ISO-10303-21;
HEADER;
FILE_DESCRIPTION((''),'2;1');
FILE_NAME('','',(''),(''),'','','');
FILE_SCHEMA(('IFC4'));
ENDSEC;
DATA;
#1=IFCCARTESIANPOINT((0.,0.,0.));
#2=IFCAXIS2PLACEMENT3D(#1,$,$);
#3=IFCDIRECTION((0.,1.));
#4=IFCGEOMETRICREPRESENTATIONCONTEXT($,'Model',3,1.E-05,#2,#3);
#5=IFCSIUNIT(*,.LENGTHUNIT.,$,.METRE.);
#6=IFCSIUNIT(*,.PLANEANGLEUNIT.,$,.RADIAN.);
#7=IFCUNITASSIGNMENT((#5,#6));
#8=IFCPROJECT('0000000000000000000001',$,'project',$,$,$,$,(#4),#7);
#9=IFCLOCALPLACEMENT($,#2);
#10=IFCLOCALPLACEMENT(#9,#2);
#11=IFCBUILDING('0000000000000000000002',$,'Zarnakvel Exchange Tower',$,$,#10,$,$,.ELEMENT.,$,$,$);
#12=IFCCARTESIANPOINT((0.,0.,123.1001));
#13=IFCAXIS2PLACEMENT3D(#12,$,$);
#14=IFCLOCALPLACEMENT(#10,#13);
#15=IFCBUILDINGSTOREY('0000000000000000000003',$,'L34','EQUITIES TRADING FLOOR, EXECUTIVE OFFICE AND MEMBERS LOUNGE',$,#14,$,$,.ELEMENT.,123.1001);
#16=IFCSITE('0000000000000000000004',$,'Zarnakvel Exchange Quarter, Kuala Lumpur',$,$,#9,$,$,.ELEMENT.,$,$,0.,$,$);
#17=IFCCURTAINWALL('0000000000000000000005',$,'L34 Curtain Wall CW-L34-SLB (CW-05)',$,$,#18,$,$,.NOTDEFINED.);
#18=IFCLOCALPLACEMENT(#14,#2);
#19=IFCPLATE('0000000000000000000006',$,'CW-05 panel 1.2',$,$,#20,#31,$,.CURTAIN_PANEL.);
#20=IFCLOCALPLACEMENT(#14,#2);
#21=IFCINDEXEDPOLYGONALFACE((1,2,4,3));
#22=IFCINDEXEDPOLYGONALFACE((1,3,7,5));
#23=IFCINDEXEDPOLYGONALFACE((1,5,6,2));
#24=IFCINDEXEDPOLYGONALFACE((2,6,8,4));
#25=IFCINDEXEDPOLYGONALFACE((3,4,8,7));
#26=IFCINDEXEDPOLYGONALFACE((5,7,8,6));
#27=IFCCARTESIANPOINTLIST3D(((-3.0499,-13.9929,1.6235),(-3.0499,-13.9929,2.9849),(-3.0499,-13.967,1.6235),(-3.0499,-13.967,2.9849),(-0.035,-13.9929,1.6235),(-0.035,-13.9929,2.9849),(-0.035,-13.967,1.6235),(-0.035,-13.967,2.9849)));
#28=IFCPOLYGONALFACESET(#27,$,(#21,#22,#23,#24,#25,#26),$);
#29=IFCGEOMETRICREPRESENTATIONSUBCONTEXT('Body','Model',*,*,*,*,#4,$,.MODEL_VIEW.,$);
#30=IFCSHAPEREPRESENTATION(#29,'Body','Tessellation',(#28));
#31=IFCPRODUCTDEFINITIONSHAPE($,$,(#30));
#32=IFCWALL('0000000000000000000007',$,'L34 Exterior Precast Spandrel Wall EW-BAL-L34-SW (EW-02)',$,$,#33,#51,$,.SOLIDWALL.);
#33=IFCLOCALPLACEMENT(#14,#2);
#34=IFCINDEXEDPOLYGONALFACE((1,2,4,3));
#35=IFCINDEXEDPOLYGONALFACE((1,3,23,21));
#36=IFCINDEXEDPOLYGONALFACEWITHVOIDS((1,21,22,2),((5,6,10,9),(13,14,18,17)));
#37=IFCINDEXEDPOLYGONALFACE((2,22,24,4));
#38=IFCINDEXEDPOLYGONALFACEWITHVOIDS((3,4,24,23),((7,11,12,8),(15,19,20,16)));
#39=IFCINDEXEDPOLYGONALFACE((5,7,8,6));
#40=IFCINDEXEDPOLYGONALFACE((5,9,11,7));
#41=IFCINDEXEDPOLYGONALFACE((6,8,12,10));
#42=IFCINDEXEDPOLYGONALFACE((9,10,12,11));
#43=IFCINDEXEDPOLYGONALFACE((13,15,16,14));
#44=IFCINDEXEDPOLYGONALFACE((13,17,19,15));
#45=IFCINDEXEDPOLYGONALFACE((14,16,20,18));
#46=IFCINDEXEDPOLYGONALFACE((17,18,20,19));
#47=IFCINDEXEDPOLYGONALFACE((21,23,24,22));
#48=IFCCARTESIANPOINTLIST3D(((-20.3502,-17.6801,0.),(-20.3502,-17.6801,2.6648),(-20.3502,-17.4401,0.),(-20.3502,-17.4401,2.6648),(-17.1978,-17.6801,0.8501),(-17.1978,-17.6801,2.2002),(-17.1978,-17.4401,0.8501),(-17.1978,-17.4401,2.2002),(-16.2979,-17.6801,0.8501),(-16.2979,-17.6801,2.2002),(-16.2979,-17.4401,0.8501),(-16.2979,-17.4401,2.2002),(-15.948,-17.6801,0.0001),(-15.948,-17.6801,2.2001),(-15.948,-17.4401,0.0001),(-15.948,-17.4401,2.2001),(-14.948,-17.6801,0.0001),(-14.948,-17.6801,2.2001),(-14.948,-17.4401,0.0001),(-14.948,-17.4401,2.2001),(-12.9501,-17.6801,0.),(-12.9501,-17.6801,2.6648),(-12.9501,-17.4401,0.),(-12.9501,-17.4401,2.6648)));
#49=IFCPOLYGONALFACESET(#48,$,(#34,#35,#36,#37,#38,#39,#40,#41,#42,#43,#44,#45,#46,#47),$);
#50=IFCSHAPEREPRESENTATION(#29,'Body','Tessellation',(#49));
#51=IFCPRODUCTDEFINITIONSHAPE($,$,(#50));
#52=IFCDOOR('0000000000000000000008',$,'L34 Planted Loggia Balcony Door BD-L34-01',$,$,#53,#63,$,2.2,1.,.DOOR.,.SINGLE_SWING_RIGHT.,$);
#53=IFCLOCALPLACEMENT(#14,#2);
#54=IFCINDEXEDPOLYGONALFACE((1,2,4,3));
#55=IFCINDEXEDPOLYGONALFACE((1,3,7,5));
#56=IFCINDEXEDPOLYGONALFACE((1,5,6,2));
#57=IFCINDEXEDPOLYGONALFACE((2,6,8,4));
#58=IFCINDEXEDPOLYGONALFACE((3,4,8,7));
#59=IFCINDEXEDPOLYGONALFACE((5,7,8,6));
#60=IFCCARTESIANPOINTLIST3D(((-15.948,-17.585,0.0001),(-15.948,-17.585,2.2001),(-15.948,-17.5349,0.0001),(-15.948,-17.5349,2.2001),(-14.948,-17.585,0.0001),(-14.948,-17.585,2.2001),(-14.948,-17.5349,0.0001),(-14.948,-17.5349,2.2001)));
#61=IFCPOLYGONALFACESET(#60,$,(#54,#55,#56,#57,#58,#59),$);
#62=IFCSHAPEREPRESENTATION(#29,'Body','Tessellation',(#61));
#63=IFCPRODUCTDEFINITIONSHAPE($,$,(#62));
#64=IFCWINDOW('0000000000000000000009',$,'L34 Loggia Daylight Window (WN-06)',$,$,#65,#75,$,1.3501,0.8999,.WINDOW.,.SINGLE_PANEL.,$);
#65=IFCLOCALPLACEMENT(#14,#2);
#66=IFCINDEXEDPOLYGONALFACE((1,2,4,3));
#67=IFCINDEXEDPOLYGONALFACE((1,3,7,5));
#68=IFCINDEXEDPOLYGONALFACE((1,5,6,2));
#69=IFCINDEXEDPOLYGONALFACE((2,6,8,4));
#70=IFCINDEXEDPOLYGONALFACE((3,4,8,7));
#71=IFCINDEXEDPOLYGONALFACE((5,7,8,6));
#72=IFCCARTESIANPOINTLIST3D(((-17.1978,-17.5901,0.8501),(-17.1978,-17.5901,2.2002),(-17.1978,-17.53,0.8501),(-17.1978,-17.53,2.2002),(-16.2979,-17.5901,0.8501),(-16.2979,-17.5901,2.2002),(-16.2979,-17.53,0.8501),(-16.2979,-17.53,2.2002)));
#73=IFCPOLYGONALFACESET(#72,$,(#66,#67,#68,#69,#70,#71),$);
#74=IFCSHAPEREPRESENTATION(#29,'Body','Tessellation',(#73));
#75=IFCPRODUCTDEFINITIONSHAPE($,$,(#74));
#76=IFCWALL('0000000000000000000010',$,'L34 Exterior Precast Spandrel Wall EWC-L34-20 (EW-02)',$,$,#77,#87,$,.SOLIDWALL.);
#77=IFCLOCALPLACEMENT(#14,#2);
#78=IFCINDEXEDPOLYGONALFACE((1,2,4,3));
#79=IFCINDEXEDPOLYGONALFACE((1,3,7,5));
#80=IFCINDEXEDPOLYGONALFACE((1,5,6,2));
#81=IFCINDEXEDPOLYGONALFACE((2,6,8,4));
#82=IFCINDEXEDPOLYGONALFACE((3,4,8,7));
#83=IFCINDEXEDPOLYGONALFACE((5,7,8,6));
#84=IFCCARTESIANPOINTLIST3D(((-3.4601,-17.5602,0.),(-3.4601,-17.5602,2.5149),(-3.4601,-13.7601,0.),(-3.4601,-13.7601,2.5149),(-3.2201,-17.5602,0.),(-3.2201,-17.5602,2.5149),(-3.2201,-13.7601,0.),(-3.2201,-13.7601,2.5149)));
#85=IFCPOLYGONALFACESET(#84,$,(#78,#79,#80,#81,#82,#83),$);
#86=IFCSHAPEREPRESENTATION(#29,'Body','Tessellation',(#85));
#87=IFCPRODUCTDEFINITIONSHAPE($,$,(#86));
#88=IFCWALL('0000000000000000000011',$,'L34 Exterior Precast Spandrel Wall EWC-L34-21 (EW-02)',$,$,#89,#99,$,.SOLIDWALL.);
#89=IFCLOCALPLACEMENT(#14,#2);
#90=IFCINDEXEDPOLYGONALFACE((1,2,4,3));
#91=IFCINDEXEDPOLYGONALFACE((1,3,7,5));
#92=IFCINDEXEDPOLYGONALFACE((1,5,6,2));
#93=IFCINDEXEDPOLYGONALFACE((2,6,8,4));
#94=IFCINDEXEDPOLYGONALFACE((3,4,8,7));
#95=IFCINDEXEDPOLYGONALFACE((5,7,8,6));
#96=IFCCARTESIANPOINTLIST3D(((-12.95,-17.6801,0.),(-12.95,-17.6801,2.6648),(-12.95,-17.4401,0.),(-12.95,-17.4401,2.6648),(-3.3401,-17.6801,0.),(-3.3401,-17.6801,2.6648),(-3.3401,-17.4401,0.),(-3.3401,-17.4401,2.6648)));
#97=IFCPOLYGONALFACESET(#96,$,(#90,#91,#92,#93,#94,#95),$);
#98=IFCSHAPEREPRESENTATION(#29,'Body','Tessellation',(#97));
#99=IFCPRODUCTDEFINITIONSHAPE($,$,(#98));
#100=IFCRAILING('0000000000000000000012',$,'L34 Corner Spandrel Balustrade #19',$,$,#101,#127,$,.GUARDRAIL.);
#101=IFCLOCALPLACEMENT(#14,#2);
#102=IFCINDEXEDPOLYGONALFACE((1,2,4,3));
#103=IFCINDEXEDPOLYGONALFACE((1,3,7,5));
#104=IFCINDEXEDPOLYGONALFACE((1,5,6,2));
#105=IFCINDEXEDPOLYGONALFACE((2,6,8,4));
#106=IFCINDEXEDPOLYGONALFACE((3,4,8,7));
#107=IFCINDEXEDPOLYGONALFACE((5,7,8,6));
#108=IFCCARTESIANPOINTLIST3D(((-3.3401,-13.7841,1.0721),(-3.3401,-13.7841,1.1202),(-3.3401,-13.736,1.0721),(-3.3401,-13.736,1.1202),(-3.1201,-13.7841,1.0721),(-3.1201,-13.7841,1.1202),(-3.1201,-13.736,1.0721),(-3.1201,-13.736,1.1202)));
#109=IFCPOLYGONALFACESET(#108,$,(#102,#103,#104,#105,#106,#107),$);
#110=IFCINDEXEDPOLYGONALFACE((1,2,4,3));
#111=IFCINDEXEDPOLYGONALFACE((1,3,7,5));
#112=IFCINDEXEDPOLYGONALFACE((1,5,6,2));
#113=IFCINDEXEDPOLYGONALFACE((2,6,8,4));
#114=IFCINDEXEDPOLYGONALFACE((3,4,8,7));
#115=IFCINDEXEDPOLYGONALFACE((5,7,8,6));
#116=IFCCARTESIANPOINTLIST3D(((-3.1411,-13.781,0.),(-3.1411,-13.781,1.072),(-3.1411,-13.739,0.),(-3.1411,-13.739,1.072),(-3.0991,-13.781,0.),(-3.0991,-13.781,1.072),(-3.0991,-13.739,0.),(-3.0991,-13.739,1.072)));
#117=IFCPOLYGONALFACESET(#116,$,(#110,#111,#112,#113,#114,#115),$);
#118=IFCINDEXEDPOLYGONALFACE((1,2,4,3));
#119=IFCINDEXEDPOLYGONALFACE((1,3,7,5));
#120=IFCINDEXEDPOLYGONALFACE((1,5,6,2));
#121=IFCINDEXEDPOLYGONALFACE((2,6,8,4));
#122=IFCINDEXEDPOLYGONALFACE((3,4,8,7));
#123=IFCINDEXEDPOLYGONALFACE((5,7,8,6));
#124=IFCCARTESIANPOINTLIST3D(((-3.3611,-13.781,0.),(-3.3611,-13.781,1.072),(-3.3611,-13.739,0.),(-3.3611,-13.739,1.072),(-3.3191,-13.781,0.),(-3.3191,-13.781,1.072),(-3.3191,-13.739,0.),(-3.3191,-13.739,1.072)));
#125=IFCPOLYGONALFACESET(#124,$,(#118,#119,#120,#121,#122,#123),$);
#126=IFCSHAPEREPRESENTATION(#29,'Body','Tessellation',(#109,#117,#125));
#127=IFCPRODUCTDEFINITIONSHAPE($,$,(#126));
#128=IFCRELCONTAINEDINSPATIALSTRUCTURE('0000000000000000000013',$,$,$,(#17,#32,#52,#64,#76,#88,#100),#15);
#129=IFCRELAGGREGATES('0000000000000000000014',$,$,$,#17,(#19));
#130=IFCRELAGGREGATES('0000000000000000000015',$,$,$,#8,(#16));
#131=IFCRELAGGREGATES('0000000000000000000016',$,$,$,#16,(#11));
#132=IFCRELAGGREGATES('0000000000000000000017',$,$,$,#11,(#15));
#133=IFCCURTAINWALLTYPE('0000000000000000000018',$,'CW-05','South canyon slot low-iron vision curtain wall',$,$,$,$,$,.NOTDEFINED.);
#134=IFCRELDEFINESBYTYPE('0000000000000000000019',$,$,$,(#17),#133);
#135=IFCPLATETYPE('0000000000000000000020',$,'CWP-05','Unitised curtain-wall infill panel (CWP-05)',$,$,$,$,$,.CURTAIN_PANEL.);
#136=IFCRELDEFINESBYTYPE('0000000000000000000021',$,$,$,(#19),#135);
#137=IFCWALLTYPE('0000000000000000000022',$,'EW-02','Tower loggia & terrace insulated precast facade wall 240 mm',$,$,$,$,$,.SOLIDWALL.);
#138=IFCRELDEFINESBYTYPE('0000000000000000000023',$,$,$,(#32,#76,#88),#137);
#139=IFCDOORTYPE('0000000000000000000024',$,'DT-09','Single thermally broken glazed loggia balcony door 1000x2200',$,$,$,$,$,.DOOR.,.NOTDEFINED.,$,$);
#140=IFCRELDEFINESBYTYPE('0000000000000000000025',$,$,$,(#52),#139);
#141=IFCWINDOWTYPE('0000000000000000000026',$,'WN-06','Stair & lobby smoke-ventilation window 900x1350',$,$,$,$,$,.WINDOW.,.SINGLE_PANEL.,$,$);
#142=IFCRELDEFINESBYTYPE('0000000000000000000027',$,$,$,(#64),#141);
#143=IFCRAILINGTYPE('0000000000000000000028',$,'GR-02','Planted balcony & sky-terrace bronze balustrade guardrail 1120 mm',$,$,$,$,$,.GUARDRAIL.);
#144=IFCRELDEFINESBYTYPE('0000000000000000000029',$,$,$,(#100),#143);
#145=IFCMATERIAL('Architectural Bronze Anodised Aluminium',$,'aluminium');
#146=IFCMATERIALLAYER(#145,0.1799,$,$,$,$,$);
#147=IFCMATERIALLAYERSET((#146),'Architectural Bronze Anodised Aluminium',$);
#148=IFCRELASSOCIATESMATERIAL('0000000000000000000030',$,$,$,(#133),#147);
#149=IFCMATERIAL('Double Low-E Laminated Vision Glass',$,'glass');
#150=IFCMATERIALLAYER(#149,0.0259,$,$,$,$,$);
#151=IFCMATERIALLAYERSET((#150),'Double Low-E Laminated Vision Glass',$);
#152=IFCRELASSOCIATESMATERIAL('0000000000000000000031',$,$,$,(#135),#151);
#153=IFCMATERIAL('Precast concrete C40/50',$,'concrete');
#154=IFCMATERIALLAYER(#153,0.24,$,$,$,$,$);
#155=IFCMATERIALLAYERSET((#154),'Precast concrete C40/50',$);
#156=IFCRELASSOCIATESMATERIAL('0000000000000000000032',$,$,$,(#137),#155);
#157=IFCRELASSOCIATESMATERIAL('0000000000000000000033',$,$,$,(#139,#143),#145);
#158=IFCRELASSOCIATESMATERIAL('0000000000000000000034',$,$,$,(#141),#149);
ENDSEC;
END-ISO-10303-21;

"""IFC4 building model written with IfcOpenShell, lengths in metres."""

from ifc_helpers import new_model, si_unit, direction, frame, frame_2d, origin, origin_2d, place, context, subcontext, project, spatial, rectangle, extrude, source, transform, mapped, material, layer, layer_set, type_object, element, fill, aggregate, save


model = new_model("IFC4")

# Units and contexts
model_context = context("Model", 3, precision=1e-05, world=origin(), true_north=direction((0.0, 1.0)))
body_context = subcontext(model_context, "Body", "Model", "MODEL_VIEW")
ifc_project = project(units=[si_unit("LENGTHUNIT", "METRE"), si_unit("PLANEANGLEUNIT", "RADIAN")], contexts=[model_context])

# Site, building, storey
site_placement = place(None, origin())
site = spatial("IfcSite", under=ifc_project, at=site_placement, Name="Zarnakvel Exchange Quarter, Kuala Lumpur", CompositionType="ELEMENT", RefElevation=0.0)
building_placement = place(site_placement, origin())
building = spatial("IfcBuilding", under=site, at=building_placement, Name="Zarnakvel Exchange Tower", CompositionType="ELEMENT")
storey_placement = place(building_placement, frame((0.0, 0.0, 123.1001)))
storey = spatial("IfcBuildingStorey", under=building, at=storey_placement, Name="L34", Description="EQUITIES TRADING FLOOR, EXECUTIVE OFFICE AND MEMBERS LOUNGE", CompositionType="ELEMENT", Elevation=123.1001)

# Curtain wall
ifc_material_1 = material(Name="Architectural Bronze Anodised Aluminium", Category="aluminium")
ifc_layer_1 = layer(ifc_material_1, 0.1799)
ifc_layer_set_1 = layer_set([ifc_layer_1], Name="Architectural Bronze Anodised Aluminium")
curtain_wall_type = type_object("IfcCurtainWallType", Name="CW-05", Description="South canyon slot low-iron vision curtain wall", PredefinedType="NOTDEFINED", material=ifc_layer_set_1)
curtain_wall_1_placement = place(storey_placement, origin())
curtain_wall_1 = element("IfcCurtainWall", 1, at=curtain_wall_1_placement, inside=storey, type_object=curtain_wall_type, Name="L34 Curtain Wall CW-L34-SLB (CW-05)", PredefinedType="NOTDEFINED")

# Plate
ifc_material_2 = material(Name="Double Low-E Laminated Vision Glass", Category="glass")
ifc_layer_2 = layer(ifc_material_2, 0.0259)
ifc_layer_set_2 = layer_set([ifc_layer_2], Name="Double Low-E Laminated Vision Glass")
plate_type = type_object("IfcPlateType", Name="CWP-05", Description="Unitised curtain-wall infill panel (CWP-05)", PredefinedType="CURTAIN_PANEL", material=ifc_layer_set_2)
shared_shape_1 = source(origin(), body_context, "Body", "SweptSolid", [
    extrude(rectangle(XDim=3.0149, YDim=0.0259, at=origin_2d()), origin(), (0.0, 0.0, 1.0), 1.3613),
])
plate_1_placement = place(storey_placement, frame((-1.5425, -13.98, 1.6235), z_axis=(0.0, 0.0, 1.0), x_axis=(1.0, 0.0, 0.0)))
plate_1 = element("IfcPlate", 2, at=plate_1_placement, type_object=plate_type, Name="CW-05 panel 1.2", PredefinedType="CURTAIN_PANEL", context=body_context, shape_type="MappedRepresentation", body=[
    mapped(shared_shape_1, transform((0.0, 0.0, 0.0), x_axis=(1.0, 0.0, 0.0), y_axis=(0.0, 1.0, 0.0), z_axis=(0.0, 0.0, 1.0), scale=1.0)),
])
aggregate(curtain_wall_1, [plate_1])

# Wall, openings, door, window
ifc_material_3 = material(Name="Precast concrete C40/50", Category="concrete")
ifc_layer_3 = layer(ifc_material_3, 0.24)
ifc_layer_set_3 = layer_set([ifc_layer_3], Name="Precast concrete C40/50")
wall_type = type_object("IfcWallType", Name="EW-02", Description="Tower loggia & terrace insulated precast facade wall 240 mm", PredefinedType="SOLIDWALL", material=ifc_layer_set_3)
wall_1_placement = place(storey_placement, frame((-12.95, -17.5601, 0.0), z_axis=(0.0, 0.0, 1.0), x_axis=(-1.0, 0.0, 0.0)))
wall_1 = element("IfcWall", 3, at=wall_1_placement, inside=storey, type_object=wall_type, Name="L34 Exterior Precast Spandrel Wall EW-BAL-L34-SW (EW-02)", PredefinedType="SOLIDWALL", context=body_context, shape_type="SweptSolid", body=[
    extrude(rectangle(XDim=7.4001, YDim=0.24, at=frame_2d((3.7002, 0.0))), origin(), (0.0, 0.0, 1.0), 2.6648),
])
opening_1_placement = place(wall_1_placement, frame((1.998, 0.0, 0.0)))
opening_1 = element("IfcOpeningElement", 4, at=opening_1_placement, cuts=wall_1, PredefinedType="OPENING", context=body_context, shape_type="SweptSolid", body=[
    extrude(rectangle(XDim=1.0, YDim=2.2, at=frame_2d((0.5, 1.1001))), frame((0.0, 0.1299, 0.0), z_axis=(0.0, -1.0, 0.0), x_axis=(1.0, 0.0, 0.0)), (0.0, 0.0, 1.0), 0.26),
])
opening_2_placement = place(wall_1_placement, frame((3.3479, 0.0, 0.8501)))
opening_2 = element("IfcOpeningElement", 5, at=opening_2_placement, cuts=wall_1, PredefinedType="OPENING", context=body_context, shape_type="SweptSolid", body=[
    extrude(rectangle(XDim=0.8999, YDim=1.3501, at=frame_2d((0.45, 0.675))), frame((0.0, 0.1299, 0.0), z_axis=(0.0, -1.0, 0.0), x_axis=(1.0, 0.0, 0.0)), (0.0, 0.0, 1.0), 0.26),
])
door_type = type_object("IfcDoorType", Name="DT-09", Description="Single thermally broken glazed loggia balcony door 1000x2200", OperationType="NOTDEFINED", PredefinedType="DOOR", material=ifc_material_1)
shared_shape_2 = source(origin(), body_context, "Body", "SweptSolid", [
    extrude(rectangle(XDim=1.0, YDim=2.2, at=frame_2d((0.5, 1.1001))), frame((0.0, 0.0249, 0.0), z_axis=(0.0, -1.0, 0.0), x_axis=(1.0, 0.0, 0.0)), (0.0, 0.0, 1.0), 0.05),
])
door_placement = place(opening_1_placement, origin())
door = element("IfcDoor", 6, at=door_placement, inside=storey, type_object=door_type, Name="L34 Planted Loggia Balcony Door BD-L34-01", OperationType="SINGLE_SWING_RIGHT", OverallHeight=2.2, OverallWidth=1.0, PredefinedType="DOOR", context=body_context, shape_type="MappedRepresentation", body=[
    mapped(shared_shape_2, transform((0.0, 0.0, 0.0), x_axis=(1.0, 0.0, 0.0), y_axis=(0.0, 1.0, 0.0), z_axis=(0.0, 0.0, 1.0), scale=1.0)),
])
fill(opening_1, door)
window_type = type_object("IfcWindowType", Name="WN-06", Description="Stair & lobby smoke-ventilation window 900x1350", PartitioningType="SINGLE_PANEL", PredefinedType="WINDOW", material=ifc_material_2)
shared_shape_3 = source(origin(), body_context, "Body", "SweptSolid", [
    extrude(rectangle(XDim=0.8999, YDim=1.3501, at=frame_2d((0.45, 0.675))), frame((0.0, 0.03, 0.0), z_axis=(0.0, -1.0, 0.0), x_axis=(1.0, 0.0, 0.0)), (0.0, 0.0, 1.0), 0.0601),
])
window_placement = place(opening_2_placement, origin())
window = element("IfcWindow", 7, at=window_placement, inside=storey, type_object=window_type, Name="L34 Loggia Daylight Window (WN-06)", OverallHeight=1.3501, OverallWidth=0.8999, PartitioningType="SINGLE_PANEL", PredefinedType="WINDOW", context=body_context, shape_type="MappedRepresentation", body=[
    mapped(shared_shape_3, transform((0.0, 0.0, 0.0), x_axis=(1.0, 0.0, 0.0), y_axis=(0.0, 1.0, 0.0), z_axis=(0.0, 0.0, 1.0), scale=1.0)),
])
fill(opening_2, window)

# Walls
wall_2_placement = place(storey_placement, frame((-3.3401, -17.5601, 0.0), z_axis=(0.0, 0.0, 1.0), x_axis=(0.0, 1.0, 0.0)))
element("IfcWall", 8, at=wall_2_placement, inside=storey, type_object=wall_type, Name="L34 Exterior Precast Spandrel Wall EWC-L34-20 (EW-02)", PredefinedType="SOLIDWALL", context=body_context, shape_type="SweptSolid", body=[
    extrude(rectangle(XDim=3.8, YDim=0.24, at=frame_2d((1.8999, 0.0))), origin(), (0.0, 0.0, 1.0), 2.5149),
])
wall_3_placement = place(storey_placement, frame((-12.95, -17.5601, 0.0), z_axis=(0.0, 0.0, 1.0), x_axis=(1.0, 0.0, 0.0)))
element("IfcWall", 9, at=wall_3_placement, inside=storey, type_object=wall_type, Name="L34 Exterior Precast Spandrel Wall EWC-L34-21 (EW-02)", PredefinedType="SOLIDWALL", context=body_context, shape_type="SweptSolid", body=[
    extrude(rectangle(XDim=9.6099, YDim=0.24, at=frame_2d((4.8049, 0.0))), origin(), (0.0, 0.0, 1.0), 2.6648),
])

# Railing
railing_type_1 = type_object("IfcRailingType", Name="GR-02", Description="Planted balcony & sky-terrace bronze balustrade guardrail 1120 mm", PredefinedType="GUARDRAIL", material=ifc_material_1)
railing_1_placement = place(storey_placement, frame((-3.1201, -13.76, 0.0)))
element("IfcRailing", 10, at=railing_1_placement, inside=storey, type_object=railing_type_1, Name="L34 Corner Spandrel Balustrade #19", PredefinedType="GUARDRAIL", context=body_context, shape_type="SweptSolid", body=[
    extrude(rectangle(XDim=0.0481, YDim=0.0481, at=origin_2d()), frame((0.0, 0.0, 1.0962), z_axis=(-1.0, 0.0, 0.0), x_axis=(0.0, -1.0, 0.0)), (0.0, 0.0, 1.0), 0.22),
    extrude(rectangle(XDim=0.042, YDim=0.042, at=origin_2d()), origin(), (0.0, 0.0, 1.0), 1.072),
    extrude(rectangle(XDim=0.042, YDim=0.042, at=origin_2d()), frame((-0.22, 0.0, 0.0)), (0.0, 0.0, 1.0), 1.072),
])

save(model, "model.ifc")
